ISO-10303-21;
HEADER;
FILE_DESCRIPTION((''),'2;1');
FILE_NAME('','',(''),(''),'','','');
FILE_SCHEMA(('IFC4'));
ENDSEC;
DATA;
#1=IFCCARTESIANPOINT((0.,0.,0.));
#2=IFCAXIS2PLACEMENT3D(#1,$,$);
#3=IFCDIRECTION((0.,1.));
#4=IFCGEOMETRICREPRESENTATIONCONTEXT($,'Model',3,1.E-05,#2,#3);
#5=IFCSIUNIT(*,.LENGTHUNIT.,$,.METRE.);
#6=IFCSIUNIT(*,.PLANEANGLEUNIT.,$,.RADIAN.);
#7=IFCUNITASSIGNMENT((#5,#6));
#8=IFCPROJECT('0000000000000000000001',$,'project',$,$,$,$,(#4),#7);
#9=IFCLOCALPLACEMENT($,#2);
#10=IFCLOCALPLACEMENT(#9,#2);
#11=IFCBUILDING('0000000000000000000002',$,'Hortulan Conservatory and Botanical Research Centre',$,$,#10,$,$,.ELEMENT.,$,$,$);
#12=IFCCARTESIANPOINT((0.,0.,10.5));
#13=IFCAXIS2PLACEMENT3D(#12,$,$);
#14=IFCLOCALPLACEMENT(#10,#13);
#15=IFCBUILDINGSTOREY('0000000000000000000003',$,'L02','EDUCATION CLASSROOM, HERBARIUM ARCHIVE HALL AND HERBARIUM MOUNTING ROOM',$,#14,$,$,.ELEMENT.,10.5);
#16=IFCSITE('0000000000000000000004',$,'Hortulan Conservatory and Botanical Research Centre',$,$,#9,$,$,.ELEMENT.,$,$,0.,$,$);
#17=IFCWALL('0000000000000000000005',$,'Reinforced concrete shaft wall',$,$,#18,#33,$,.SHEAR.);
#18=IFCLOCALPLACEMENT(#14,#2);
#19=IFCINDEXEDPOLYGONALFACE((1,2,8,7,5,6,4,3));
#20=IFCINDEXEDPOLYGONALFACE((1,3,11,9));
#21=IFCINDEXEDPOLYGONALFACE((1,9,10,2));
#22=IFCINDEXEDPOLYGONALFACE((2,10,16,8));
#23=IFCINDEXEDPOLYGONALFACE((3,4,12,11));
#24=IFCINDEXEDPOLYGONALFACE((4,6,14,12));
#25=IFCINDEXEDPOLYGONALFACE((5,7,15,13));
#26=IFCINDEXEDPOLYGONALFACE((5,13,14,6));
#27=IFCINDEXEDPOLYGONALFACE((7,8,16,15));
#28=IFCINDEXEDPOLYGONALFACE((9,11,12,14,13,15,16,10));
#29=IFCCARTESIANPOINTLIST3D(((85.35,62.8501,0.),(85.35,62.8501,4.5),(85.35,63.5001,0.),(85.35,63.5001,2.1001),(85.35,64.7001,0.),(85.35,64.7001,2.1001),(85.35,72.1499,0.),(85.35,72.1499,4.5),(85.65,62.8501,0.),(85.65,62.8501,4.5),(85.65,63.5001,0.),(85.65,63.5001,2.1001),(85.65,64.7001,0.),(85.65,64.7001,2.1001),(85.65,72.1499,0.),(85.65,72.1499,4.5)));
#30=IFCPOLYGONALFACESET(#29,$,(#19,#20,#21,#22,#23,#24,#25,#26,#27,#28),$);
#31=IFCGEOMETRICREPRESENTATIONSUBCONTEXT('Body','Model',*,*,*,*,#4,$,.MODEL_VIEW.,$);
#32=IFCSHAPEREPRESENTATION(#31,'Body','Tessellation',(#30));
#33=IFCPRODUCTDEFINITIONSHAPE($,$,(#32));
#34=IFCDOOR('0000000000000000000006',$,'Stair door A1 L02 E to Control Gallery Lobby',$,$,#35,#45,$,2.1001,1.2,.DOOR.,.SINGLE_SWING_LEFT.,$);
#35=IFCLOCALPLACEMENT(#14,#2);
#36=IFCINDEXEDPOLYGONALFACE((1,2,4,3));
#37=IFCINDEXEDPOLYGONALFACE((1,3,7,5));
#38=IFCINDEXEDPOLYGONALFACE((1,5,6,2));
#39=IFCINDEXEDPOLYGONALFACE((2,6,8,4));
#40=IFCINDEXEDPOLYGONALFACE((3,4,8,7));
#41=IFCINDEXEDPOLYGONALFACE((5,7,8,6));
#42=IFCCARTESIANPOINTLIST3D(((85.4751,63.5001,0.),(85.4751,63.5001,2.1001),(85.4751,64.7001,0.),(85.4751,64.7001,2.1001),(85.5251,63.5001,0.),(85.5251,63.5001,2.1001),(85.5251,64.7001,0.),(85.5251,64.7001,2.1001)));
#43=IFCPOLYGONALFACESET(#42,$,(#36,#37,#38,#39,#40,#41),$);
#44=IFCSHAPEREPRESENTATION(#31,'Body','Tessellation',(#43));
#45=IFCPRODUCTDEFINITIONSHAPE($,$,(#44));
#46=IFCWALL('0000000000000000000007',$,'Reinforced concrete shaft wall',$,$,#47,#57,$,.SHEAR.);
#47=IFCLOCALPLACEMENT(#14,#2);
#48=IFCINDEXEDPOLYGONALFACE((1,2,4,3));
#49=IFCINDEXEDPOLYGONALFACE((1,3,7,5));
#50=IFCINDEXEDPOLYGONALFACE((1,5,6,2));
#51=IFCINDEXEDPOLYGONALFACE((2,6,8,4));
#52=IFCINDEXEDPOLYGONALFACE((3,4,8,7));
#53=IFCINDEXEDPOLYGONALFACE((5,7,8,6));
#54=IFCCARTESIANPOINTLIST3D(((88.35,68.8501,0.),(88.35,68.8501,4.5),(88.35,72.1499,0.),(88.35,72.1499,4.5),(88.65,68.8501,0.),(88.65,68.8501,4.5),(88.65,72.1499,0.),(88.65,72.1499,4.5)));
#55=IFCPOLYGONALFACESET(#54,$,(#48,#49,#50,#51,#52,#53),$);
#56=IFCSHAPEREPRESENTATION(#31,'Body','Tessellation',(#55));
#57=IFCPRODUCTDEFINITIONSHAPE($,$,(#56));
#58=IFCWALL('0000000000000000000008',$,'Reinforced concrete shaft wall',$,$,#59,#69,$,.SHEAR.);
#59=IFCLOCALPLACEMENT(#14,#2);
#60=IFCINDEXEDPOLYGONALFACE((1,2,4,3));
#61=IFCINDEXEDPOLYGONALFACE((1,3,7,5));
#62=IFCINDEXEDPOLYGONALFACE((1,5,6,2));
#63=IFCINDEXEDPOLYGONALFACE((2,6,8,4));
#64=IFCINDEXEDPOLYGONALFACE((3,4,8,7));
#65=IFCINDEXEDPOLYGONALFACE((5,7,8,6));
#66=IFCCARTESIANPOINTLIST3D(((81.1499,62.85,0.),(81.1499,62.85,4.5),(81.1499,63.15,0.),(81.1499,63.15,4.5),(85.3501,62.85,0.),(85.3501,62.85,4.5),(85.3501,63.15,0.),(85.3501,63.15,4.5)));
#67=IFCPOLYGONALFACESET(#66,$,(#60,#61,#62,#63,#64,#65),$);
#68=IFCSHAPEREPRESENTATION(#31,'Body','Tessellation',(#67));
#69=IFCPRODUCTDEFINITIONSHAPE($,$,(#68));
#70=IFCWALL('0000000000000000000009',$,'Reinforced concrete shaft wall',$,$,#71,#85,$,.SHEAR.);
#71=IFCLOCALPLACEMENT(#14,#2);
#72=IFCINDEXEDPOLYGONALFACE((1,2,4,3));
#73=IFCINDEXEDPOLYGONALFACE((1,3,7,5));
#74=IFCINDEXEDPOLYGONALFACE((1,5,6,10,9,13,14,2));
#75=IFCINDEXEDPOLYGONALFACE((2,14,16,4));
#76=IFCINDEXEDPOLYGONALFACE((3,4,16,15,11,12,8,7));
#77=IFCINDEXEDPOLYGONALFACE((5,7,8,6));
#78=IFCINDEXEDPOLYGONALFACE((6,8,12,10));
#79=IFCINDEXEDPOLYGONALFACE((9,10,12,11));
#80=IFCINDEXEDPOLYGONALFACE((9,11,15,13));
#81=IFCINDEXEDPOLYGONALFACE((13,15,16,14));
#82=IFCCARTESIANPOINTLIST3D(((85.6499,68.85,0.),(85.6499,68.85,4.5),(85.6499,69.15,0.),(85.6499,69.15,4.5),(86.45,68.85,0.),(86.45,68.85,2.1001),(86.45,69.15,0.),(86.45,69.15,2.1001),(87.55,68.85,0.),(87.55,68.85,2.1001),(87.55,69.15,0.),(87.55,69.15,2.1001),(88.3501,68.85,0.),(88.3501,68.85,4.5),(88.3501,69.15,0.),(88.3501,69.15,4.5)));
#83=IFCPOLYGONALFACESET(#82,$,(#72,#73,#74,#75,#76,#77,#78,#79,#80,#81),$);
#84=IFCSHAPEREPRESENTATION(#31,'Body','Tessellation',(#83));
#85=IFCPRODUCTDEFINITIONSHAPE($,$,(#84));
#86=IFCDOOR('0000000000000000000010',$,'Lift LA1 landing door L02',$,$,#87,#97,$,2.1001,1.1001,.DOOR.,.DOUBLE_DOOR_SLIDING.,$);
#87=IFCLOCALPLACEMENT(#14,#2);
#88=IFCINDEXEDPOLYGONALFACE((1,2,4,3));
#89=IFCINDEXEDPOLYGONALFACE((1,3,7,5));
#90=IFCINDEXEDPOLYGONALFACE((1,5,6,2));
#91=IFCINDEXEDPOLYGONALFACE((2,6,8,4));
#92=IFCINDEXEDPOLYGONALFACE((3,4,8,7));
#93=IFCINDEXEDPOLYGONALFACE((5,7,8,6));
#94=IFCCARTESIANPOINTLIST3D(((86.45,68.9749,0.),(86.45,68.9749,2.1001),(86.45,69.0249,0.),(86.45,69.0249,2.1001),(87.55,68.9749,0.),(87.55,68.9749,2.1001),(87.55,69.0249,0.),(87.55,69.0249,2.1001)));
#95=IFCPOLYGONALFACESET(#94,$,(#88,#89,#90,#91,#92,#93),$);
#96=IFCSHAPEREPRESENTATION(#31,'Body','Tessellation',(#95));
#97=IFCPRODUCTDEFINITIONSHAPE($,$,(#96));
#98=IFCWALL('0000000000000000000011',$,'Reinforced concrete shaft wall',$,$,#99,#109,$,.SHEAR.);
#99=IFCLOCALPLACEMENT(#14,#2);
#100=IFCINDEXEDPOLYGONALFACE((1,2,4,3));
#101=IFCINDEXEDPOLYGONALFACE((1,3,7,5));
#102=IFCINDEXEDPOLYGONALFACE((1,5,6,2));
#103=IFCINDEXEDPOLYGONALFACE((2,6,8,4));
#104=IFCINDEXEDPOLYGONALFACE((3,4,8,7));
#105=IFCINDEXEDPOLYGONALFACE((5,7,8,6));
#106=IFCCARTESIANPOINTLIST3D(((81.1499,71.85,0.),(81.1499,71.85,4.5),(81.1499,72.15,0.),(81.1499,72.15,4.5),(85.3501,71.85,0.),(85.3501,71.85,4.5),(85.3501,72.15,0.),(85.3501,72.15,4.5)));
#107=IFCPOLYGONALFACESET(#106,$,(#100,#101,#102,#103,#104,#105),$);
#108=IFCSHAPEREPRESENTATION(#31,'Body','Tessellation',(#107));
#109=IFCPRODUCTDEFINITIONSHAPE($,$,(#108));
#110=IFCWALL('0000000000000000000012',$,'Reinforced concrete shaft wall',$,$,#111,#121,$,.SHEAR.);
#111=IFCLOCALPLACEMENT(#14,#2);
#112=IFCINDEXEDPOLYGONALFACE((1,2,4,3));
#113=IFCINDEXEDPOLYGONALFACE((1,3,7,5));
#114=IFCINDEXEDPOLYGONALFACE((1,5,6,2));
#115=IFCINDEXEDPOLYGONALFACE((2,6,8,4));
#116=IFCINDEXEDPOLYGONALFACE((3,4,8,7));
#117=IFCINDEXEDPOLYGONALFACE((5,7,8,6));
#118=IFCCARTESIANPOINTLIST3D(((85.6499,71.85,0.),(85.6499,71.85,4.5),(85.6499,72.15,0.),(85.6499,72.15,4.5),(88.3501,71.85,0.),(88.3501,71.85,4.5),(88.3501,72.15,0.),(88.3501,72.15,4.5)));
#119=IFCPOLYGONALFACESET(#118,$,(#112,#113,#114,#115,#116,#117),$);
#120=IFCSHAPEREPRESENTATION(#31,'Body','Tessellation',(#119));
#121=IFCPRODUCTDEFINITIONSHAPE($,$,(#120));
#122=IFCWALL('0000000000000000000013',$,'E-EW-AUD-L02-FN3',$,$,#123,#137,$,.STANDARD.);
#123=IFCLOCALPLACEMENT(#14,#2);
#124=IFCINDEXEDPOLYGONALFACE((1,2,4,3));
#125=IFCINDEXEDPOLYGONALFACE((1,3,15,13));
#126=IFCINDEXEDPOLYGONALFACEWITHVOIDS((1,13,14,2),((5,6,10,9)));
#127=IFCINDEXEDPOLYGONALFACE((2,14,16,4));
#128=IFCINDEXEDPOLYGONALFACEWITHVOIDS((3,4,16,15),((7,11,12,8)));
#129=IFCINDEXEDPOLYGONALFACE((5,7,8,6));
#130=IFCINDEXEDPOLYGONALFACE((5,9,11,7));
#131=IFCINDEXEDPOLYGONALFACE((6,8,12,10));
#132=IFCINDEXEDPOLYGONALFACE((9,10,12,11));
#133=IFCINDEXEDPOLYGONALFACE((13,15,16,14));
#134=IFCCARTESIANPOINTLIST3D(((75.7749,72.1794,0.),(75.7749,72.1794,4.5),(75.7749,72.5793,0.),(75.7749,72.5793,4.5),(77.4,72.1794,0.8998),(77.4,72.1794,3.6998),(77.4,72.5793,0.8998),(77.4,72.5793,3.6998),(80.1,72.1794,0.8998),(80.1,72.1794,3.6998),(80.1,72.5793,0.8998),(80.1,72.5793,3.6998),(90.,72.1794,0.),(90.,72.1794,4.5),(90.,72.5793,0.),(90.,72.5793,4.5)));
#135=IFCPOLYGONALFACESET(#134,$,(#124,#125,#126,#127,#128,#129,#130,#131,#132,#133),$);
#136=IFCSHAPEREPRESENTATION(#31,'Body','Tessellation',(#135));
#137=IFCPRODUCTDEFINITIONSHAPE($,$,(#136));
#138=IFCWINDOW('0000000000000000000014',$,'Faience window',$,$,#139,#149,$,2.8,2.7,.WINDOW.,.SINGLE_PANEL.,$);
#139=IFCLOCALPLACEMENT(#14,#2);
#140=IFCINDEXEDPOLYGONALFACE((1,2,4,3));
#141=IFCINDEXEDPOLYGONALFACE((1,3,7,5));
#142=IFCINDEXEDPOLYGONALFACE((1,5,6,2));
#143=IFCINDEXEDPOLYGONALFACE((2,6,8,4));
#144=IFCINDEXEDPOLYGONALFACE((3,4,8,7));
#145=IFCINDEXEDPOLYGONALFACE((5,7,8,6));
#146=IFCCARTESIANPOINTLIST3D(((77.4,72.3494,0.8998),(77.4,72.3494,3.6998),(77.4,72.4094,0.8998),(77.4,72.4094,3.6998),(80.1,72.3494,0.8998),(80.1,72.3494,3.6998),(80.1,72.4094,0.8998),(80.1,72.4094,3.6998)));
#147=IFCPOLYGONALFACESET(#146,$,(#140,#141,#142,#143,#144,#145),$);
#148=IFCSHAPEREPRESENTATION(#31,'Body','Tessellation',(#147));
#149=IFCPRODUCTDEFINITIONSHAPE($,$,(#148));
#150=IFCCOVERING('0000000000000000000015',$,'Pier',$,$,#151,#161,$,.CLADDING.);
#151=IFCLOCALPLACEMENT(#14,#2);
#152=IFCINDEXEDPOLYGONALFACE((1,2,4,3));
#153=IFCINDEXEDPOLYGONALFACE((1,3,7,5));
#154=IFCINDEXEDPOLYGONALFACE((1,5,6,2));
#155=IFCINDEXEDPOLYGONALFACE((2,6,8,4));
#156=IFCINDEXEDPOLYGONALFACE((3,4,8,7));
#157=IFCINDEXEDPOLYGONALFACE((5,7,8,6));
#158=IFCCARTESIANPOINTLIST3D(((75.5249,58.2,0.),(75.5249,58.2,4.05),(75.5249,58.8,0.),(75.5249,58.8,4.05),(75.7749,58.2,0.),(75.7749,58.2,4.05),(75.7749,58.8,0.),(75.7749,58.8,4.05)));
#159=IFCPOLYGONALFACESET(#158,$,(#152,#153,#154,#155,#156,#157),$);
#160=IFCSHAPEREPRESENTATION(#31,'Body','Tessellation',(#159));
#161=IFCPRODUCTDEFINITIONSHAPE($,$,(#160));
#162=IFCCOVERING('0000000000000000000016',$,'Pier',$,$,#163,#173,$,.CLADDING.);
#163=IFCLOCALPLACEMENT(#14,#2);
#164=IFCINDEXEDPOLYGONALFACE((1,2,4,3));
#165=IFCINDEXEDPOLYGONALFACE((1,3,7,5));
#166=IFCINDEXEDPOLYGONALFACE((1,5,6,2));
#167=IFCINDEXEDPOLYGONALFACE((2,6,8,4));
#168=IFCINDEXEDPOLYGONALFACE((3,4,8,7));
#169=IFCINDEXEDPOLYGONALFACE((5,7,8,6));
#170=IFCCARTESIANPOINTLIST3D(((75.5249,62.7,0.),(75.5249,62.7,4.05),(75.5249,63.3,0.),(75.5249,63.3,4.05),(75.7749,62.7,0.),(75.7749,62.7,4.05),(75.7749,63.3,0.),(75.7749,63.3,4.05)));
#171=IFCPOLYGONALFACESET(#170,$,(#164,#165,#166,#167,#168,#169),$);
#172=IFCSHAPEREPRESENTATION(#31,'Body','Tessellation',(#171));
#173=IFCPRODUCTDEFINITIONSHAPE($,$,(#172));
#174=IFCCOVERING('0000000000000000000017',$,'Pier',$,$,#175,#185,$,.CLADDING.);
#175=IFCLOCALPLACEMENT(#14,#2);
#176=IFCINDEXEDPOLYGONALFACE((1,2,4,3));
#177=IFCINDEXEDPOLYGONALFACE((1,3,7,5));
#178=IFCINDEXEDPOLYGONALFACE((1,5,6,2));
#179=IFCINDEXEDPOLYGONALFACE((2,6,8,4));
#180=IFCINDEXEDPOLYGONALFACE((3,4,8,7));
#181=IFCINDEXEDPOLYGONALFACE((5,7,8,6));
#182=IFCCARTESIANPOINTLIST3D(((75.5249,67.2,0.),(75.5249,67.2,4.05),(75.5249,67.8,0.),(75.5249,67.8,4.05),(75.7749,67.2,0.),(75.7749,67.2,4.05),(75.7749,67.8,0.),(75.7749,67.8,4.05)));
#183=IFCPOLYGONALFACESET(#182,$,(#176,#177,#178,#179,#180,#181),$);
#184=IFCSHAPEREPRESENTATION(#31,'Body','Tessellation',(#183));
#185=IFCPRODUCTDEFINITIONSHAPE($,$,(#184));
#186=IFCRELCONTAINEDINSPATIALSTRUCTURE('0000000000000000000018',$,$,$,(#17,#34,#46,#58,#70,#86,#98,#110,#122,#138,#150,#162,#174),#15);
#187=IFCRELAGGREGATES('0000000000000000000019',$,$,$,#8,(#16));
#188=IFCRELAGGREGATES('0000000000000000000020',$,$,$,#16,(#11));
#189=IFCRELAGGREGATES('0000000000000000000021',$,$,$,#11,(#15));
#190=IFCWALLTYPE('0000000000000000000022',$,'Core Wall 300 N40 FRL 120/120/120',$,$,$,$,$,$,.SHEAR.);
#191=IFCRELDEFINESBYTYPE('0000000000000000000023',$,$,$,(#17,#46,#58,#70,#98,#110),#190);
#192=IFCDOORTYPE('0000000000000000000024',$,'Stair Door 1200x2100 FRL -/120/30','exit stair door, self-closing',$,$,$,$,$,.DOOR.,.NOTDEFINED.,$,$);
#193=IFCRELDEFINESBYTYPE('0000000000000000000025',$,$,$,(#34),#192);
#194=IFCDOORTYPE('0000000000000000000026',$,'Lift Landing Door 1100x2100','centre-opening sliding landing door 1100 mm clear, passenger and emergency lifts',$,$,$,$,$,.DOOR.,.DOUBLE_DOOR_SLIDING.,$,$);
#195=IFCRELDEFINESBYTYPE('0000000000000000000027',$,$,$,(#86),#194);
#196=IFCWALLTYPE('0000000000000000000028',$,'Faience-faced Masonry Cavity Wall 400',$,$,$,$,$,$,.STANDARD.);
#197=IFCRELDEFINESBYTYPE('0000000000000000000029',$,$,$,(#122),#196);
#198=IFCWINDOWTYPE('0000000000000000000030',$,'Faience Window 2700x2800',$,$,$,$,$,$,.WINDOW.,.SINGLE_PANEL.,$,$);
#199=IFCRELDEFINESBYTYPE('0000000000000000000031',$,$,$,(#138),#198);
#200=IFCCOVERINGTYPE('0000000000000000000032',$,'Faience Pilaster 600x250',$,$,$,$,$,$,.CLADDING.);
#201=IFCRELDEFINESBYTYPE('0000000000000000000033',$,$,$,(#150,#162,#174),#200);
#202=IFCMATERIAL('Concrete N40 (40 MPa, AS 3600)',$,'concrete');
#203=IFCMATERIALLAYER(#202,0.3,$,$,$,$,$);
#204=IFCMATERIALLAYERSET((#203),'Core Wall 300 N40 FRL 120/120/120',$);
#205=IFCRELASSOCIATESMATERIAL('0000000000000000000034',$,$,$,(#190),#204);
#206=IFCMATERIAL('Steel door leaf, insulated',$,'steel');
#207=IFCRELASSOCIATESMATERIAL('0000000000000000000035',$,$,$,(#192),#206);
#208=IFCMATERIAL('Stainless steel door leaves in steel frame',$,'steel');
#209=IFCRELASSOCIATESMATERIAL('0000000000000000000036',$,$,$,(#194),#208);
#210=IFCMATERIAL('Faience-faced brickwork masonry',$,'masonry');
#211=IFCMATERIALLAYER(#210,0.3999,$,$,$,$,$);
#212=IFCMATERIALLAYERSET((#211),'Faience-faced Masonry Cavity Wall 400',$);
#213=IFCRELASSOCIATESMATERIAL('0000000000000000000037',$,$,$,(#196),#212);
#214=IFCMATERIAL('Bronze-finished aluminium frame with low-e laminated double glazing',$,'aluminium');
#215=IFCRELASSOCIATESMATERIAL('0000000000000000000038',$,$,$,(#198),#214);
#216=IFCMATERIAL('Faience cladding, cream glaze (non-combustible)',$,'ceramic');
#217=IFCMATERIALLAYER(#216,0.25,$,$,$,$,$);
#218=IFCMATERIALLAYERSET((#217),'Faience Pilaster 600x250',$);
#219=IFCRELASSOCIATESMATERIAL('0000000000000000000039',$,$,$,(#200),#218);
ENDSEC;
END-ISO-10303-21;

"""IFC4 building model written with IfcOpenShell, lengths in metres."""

from ifc_helpers import new_model, si_unit, direction, frame, frame_2d, origin, origin_2d, place, context, subcontext, project, spatial, rectangle, extrude, material, layer, layer_set, type_object, element, fill, save


model = new_model("IFC4")

# Units and contexts
model_context = context("Model", 3, precision=1e-05, world=origin(), true_north=direction((0.0, 1.0)))
body_context = subcontext(model_context, "Body", "Model", "MODEL_VIEW")
ifc_project = project(units=[si_unit("LENGTHUNIT", "METRE"), si_unit("PLANEANGLEUNIT", "RADIAN")], contexts=[model_context])

# Site, building, storey
site_placement = place(None, origin())
site = spatial("IfcSite", under=ifc_project, at=site_placement, Name="Hortulan Conservatory and Botanical Research Centre", CompositionType="ELEMENT", RefElevation=0.0)
building_placement = place(site_placement, origin())
building = spatial("IfcBuilding", under=site, at=building_placement, Name="Hortulan Conservatory and Botanical Research Centre", CompositionType="ELEMENT")
storey_placement = place(building_placement, frame((0.0, 0.0, 10.5)))
storey = spatial("IfcBuildingStorey", under=building, at=storey_placement, Name="L02", Description="EDUCATION CLASSROOM, HERBARIUM ARCHIVE HALL AND HERBARIUM MOUNTING ROOM", CompositionType="ELEMENT", Elevation=10.5)

# Wall, opening, door
ifc_material_1 = material(Name="Concrete N40 (40 MPa, AS 3600)", Category="concrete")
ifc_layer_1 = layer(ifc_material_1, 0.3)
ifc_layer_set_1 = layer_set([ifc_layer_1], Name="Core Wall 300 N40 FRL 120/120/120")
wall_type_1 = type_object("IfcWallType", Name="Core Wall 300 N40 FRL 120/120/120", PredefinedType="SHEAR", material=ifc_layer_set_1)
ifc_material_2 = material(Name="Steel door leaf, insulated", Category="steel")
door_type_1 = type_object("IfcDoorType", Name="Stair Door 1200x2100 FRL -/120/30", Description="exit stair door, self-closing", OperationType="NOTDEFINED", PredefinedType="DOOR", material=ifc_material_2)
wall_1_placement = place(storey_placement, frame((85.5, 62.8501, 0.0), z_axis=(0.0, 0.0, 1.0), x_axis=(0.0, 1.0, 0.0)))
wall_1 = element("IfcWall", 1, at=wall_1_placement, inside=storey, type_object=wall_type_1, Name="Reinforced concrete shaft wall", PredefinedType="SHEAR", context=body_context, shape_type="SweptSolid", body=[
    extrude(rectangle(XDim=9.2998, YDim=0.3, at=frame_2d((4.6499, 0.0))), origin(), (0.0, 0.0, 1.0), 4.5),
])
opening_1_placement = place(wall_1_placement, frame((0.6499, 0.0, 0.0)))
opening_1 = element("IfcOpeningElement", 2, at=opening_1_placement, cuts=wall_1, PredefinedType="OPENING", context=body_context, shape_type="SweptSolid", body=[
    extrude(rectangle(XDim=1.2, YDim=2.1001, at=frame_2d((0.6001, 1.05))), frame((0.0, 0.1599, 0.0), z_axis=(0.0, -1.0, 0.0), x_axis=(1.0, 0.0, 0.0)), (0.0, 0.0, 1.0), 0.3201),
])
door_1_placement = place(opening_1_placement, origin())
door_1 = element("IfcDoor", 3, at=door_1_placement, inside=storey, type_object=door_type_1, Name="Stair door A1 L02 E to Control Gallery Lobby", OperationType="SINGLE_SWING_LEFT", OverallHeight=2.1001, OverallWidth=1.2, PredefinedType="DOOR", context=body_context, shape_type="SweptSolid", body=[
    extrude(rectangle(XDim=1.2, YDim=2.1001, at=frame_2d((0.6001, 1.05))), frame((0.0, 0.0249, 0.0), z_axis=(0.0, -1.0, 0.0), x_axis=(1.0, 0.0, 0.0)), (0.0, 0.0, 1.0), 0.05),
])
fill(opening_1, door_1)

# Walls
wall_2_placement = place(storey_placement, frame((88.5, 68.8501, 0.0), z_axis=(0.0, 0.0, 1.0), x_axis=(0.0, 1.0, 0.0)))
element("IfcWall", 4, at=wall_2_placement, inside=storey, type_object=wall_type_1, Name="Reinforced concrete shaft wall", PredefinedType="SHEAR", context=body_context, shape_type="SweptSolid", body=[
    extrude(rectangle(XDim=3.2998, YDim=0.3, at=frame_2d((1.6499, 0.0))), origin(), (0.0, 0.0, 1.0), 4.5),
])
wall_3_placement = place(storey_placement, frame((81.1499, 63.0, 0.0), z_axis=(0.0, 0.0, 1.0), x_axis=(1.0, 0.0, 0.0)))
element("IfcWall", 5, at=wall_3_placement, inside=storey, type_object=wall_type_1, Name="Reinforced concrete shaft wall", PredefinedType="SHEAR", context=body_context, shape_type="SweptSolid", body=[
    extrude(rectangle(XDim=4.2002, YDim=0.3, at=frame_2d((2.1001, 0.0))), origin(), (0.0, 0.0, 1.0), 4.5),
])

# Wall, opening, door
wall_4_placement = place(storey_placement, frame((85.6499, 69.0, 0.0), z_axis=(0.0, 0.0, 1.0), x_axis=(1.0, 0.0, 0.0)))
wall_4 = element("IfcWall", 6, at=wall_4_placement, inside=storey, type_object=wall_type_1, Name="Reinforced concrete shaft wall", PredefinedType="SHEAR", context=body_context, shape_type="SweptSolid", body=[
    extrude(rectangle(XDim=2.7002, YDim=0.3, at=frame_2d((1.3501, 0.0))), origin(), (0.0, 0.0, 1.0), 4.5),
])
opening_2_placement = place(wall_4_placement, frame((0.8, 0.0, 0.0)))
opening_2 = element("IfcOpeningElement", 7, at=opening_2_placement, cuts=wall_4, PredefinedType="OPENING", context=body_context, shape_type="SweptSolid", body=[
    extrude(rectangle(XDim=1.1001, YDim=2.1001, at=frame_2d((0.55, 1.05))), frame((0.0, 0.1599, 0.0), z_axis=(0.0, -1.0, 0.0), x_axis=(1.0, 0.0, 0.0)), (0.0, 0.0, 1.0), 0.3201),
])
ifc_material_3 = material(Name="Stainless steel door leaves in steel frame", Category="steel")
door_type_2 = type_object("IfcDoorType", Name="Lift Landing Door 1100x2100", Description="centre-opening sliding landing door 1100 mm clear, passenger and emergency lifts", OperationType="DOUBLE_DOOR_SLIDING", PredefinedType="DOOR", material=ifc_material_3)
door_2_placement = place(opening_2_placement, origin())
door_2 = element("IfcDoor", 8, at=door_2_placement, inside=storey, type_object=door_type_2, Name="Lift LA1 landing door L02", OperationType="DOUBLE_DOOR_SLIDING", OverallHeight=2.1001, OverallWidth=1.1001, PredefinedType="DOOR", context=body_context, shape_type="SweptSolid", body=[
    extrude(rectangle(XDim=1.1001, YDim=2.1001, at=frame_2d((0.55, 1.05))), frame((0.0, 0.0249, 0.0), z_axis=(0.0, -1.0, 0.0), x_axis=(1.0, 0.0, 0.0)), (0.0, 0.0, 1.0), 0.05),
])
fill(opening_2, door_2)

# Walls
wall_5_placement = place(storey_placement, frame((81.1499, 72.0, 0.0), z_axis=(0.0, 0.0, 1.0), x_axis=(1.0, 0.0, 0.0)))
element("IfcWall", 9, at=wall_5_placement, inside=storey, type_object=wall_type_1, Name="Reinforced concrete shaft wall", PredefinedType="SHEAR", context=body_context, shape_type="SweptSolid", body=[
    extrude(rectangle(XDim=4.2002, YDim=0.3, at=frame_2d((2.1001, 0.0))), origin(), (0.0, 0.0, 1.0), 4.5),
])
wall_6_placement = place(storey_placement, frame((85.6499, 72.0, 0.0), z_axis=(0.0, 0.0, 1.0), x_axis=(1.0, 0.0, 0.0)))
element("IfcWall", 10, at=wall_6_placement, inside=storey, type_object=wall_type_1, Name="Reinforced concrete shaft wall", PredefinedType="SHEAR", context=body_context, shape_type="SweptSolid", body=[
    extrude(rectangle(XDim=2.7002, YDim=0.3, at=frame_2d((1.3501, 0.0))), origin(), (0.0, 0.0, 1.0), 4.5),
])

# Wall, opening, window
ifc_material_4 = material(Name="Faience-faced brickwork masonry", Category="masonry")
ifc_layer_2 = layer(ifc_material_4, 0.3999)
ifc_layer_set_2 = layer_set([ifc_layer_2], Name="Faience-faced Masonry Cavity Wall 400")
wall_type_2 = type_object("IfcWallType", Name="Faience-faced Masonry Cavity Wall 400", PredefinedType="STANDARD", material=ifc_layer_set_2)
wall_7_placement = place(storey_placement, frame((75.7749, 72.3794, 0.0), z_axis=(0.0, 0.0, 1.0), x_axis=(1.0, 0.0, 0.0)))
wall_7 = element("IfcWall", 11, at=wall_7_placement, inside=storey, type_object=wall_type_2, Name="E-EW-AUD-L02-FN3", PredefinedType="STANDARD", context=body_context, shape_type="SweptSolid", body=[
    extrude(rectangle(XDim=14.2251, YDim=0.3999, at=frame_2d((7.1125, 0.0))), origin(), (0.0, 0.0, 1.0), 4.5),
])
opening_3_placement = place(wall_7_placement, frame((1.625, 0.0, 0.8999)))
opening_3 = element("IfcOpeningElement", 12, at=opening_3_placement, cuts=wall_7, PredefinedType="OPENING", context=body_context, shape_type="SweptSolid", body=[
    extrude(rectangle(XDim=2.7, YDim=2.8, at=frame_2d((1.3501, 1.3999))), frame((0.0, 0.21, 0.0), z_axis=(0.0, -1.0, 0.0), x_axis=(1.0, 0.0, 0.0)), (0.0, 0.0, 1.0), 0.4199),
])
ifc_material_5 = material(Name="Bronze-finished aluminium frame with low-e laminated double glazing", Category="aluminium")
window_type = type_object("IfcWindowType", Name="Faience Window 2700x2800", PartitioningType="SINGLE_PANEL", PredefinedType="WINDOW", material=ifc_material_5)
window_placement = place(opening_3_placement, origin())
window = element("IfcWindow", 13, at=window_placement, inside=storey, type_object=window_type, Name="Faience window", OverallHeight=2.8, OverallWidth=2.7, PartitioningType="SINGLE_PANEL", PredefinedType="WINDOW", context=body_context, shape_type="SweptSolid", body=[
    extrude(rectangle(XDim=2.7, YDim=2.8, at=frame_2d((1.3501, 1.3999))), frame((0.0, 0.03, 0.0), z_axis=(0.0, -1.0, 0.0), x_axis=(1.0, 0.0, 0.0)), (0.0, 0.0, 1.0), 0.0601),
])
fill(opening_3, window)

# Coverings
ifc_material_6 = material(Name="Faience cladding, cream glaze (non-combustible)", Category="ceramic")
ifc_layer_3 = layer(ifc_material_6, 0.25)
ifc_layer_set_3 = layer_set([ifc_layer_3], Name="Faience Pilaster 600x250")
covering_type_1 = type_object("IfcCoveringType", Name="Faience Pilaster 600x250", PredefinedType="CLADDING", material=ifc_layer_set_3)
for number, where, z_axis, x_axis, name in (
    (14, (75.6499, 58.5, 0.0), (0.0, 0.0, 1.0), (0.0, 1.0, 0.0), "Pier"),
    (15, (75.6499, 63.0, 0.0), (0.0, 0.0, 1.0), (0.0, 1.0, 0.0), "Pier"),
    (16, (75.6499, 67.5, 0.0), (0.0, 0.0, 1.0), (0.0, 1.0, 0.0), "Pier"),
):
    element("IfcCovering", number, at=place(storey_placement, frame(where, z_axis=z_axis, x_axis=x_axis)), inside=storey, type_object=covering_type_1, Name=name, PredefinedType="CLADDING", context=body_context, shape_type="SweptSolid", body=[
        extrude(rectangle(XDim=0.6001, YDim=0.25, at=origin_2d()), origin(), (0.0, 0.0, 1.0), 4.05),
    ])

save(model, "model.ifc")
